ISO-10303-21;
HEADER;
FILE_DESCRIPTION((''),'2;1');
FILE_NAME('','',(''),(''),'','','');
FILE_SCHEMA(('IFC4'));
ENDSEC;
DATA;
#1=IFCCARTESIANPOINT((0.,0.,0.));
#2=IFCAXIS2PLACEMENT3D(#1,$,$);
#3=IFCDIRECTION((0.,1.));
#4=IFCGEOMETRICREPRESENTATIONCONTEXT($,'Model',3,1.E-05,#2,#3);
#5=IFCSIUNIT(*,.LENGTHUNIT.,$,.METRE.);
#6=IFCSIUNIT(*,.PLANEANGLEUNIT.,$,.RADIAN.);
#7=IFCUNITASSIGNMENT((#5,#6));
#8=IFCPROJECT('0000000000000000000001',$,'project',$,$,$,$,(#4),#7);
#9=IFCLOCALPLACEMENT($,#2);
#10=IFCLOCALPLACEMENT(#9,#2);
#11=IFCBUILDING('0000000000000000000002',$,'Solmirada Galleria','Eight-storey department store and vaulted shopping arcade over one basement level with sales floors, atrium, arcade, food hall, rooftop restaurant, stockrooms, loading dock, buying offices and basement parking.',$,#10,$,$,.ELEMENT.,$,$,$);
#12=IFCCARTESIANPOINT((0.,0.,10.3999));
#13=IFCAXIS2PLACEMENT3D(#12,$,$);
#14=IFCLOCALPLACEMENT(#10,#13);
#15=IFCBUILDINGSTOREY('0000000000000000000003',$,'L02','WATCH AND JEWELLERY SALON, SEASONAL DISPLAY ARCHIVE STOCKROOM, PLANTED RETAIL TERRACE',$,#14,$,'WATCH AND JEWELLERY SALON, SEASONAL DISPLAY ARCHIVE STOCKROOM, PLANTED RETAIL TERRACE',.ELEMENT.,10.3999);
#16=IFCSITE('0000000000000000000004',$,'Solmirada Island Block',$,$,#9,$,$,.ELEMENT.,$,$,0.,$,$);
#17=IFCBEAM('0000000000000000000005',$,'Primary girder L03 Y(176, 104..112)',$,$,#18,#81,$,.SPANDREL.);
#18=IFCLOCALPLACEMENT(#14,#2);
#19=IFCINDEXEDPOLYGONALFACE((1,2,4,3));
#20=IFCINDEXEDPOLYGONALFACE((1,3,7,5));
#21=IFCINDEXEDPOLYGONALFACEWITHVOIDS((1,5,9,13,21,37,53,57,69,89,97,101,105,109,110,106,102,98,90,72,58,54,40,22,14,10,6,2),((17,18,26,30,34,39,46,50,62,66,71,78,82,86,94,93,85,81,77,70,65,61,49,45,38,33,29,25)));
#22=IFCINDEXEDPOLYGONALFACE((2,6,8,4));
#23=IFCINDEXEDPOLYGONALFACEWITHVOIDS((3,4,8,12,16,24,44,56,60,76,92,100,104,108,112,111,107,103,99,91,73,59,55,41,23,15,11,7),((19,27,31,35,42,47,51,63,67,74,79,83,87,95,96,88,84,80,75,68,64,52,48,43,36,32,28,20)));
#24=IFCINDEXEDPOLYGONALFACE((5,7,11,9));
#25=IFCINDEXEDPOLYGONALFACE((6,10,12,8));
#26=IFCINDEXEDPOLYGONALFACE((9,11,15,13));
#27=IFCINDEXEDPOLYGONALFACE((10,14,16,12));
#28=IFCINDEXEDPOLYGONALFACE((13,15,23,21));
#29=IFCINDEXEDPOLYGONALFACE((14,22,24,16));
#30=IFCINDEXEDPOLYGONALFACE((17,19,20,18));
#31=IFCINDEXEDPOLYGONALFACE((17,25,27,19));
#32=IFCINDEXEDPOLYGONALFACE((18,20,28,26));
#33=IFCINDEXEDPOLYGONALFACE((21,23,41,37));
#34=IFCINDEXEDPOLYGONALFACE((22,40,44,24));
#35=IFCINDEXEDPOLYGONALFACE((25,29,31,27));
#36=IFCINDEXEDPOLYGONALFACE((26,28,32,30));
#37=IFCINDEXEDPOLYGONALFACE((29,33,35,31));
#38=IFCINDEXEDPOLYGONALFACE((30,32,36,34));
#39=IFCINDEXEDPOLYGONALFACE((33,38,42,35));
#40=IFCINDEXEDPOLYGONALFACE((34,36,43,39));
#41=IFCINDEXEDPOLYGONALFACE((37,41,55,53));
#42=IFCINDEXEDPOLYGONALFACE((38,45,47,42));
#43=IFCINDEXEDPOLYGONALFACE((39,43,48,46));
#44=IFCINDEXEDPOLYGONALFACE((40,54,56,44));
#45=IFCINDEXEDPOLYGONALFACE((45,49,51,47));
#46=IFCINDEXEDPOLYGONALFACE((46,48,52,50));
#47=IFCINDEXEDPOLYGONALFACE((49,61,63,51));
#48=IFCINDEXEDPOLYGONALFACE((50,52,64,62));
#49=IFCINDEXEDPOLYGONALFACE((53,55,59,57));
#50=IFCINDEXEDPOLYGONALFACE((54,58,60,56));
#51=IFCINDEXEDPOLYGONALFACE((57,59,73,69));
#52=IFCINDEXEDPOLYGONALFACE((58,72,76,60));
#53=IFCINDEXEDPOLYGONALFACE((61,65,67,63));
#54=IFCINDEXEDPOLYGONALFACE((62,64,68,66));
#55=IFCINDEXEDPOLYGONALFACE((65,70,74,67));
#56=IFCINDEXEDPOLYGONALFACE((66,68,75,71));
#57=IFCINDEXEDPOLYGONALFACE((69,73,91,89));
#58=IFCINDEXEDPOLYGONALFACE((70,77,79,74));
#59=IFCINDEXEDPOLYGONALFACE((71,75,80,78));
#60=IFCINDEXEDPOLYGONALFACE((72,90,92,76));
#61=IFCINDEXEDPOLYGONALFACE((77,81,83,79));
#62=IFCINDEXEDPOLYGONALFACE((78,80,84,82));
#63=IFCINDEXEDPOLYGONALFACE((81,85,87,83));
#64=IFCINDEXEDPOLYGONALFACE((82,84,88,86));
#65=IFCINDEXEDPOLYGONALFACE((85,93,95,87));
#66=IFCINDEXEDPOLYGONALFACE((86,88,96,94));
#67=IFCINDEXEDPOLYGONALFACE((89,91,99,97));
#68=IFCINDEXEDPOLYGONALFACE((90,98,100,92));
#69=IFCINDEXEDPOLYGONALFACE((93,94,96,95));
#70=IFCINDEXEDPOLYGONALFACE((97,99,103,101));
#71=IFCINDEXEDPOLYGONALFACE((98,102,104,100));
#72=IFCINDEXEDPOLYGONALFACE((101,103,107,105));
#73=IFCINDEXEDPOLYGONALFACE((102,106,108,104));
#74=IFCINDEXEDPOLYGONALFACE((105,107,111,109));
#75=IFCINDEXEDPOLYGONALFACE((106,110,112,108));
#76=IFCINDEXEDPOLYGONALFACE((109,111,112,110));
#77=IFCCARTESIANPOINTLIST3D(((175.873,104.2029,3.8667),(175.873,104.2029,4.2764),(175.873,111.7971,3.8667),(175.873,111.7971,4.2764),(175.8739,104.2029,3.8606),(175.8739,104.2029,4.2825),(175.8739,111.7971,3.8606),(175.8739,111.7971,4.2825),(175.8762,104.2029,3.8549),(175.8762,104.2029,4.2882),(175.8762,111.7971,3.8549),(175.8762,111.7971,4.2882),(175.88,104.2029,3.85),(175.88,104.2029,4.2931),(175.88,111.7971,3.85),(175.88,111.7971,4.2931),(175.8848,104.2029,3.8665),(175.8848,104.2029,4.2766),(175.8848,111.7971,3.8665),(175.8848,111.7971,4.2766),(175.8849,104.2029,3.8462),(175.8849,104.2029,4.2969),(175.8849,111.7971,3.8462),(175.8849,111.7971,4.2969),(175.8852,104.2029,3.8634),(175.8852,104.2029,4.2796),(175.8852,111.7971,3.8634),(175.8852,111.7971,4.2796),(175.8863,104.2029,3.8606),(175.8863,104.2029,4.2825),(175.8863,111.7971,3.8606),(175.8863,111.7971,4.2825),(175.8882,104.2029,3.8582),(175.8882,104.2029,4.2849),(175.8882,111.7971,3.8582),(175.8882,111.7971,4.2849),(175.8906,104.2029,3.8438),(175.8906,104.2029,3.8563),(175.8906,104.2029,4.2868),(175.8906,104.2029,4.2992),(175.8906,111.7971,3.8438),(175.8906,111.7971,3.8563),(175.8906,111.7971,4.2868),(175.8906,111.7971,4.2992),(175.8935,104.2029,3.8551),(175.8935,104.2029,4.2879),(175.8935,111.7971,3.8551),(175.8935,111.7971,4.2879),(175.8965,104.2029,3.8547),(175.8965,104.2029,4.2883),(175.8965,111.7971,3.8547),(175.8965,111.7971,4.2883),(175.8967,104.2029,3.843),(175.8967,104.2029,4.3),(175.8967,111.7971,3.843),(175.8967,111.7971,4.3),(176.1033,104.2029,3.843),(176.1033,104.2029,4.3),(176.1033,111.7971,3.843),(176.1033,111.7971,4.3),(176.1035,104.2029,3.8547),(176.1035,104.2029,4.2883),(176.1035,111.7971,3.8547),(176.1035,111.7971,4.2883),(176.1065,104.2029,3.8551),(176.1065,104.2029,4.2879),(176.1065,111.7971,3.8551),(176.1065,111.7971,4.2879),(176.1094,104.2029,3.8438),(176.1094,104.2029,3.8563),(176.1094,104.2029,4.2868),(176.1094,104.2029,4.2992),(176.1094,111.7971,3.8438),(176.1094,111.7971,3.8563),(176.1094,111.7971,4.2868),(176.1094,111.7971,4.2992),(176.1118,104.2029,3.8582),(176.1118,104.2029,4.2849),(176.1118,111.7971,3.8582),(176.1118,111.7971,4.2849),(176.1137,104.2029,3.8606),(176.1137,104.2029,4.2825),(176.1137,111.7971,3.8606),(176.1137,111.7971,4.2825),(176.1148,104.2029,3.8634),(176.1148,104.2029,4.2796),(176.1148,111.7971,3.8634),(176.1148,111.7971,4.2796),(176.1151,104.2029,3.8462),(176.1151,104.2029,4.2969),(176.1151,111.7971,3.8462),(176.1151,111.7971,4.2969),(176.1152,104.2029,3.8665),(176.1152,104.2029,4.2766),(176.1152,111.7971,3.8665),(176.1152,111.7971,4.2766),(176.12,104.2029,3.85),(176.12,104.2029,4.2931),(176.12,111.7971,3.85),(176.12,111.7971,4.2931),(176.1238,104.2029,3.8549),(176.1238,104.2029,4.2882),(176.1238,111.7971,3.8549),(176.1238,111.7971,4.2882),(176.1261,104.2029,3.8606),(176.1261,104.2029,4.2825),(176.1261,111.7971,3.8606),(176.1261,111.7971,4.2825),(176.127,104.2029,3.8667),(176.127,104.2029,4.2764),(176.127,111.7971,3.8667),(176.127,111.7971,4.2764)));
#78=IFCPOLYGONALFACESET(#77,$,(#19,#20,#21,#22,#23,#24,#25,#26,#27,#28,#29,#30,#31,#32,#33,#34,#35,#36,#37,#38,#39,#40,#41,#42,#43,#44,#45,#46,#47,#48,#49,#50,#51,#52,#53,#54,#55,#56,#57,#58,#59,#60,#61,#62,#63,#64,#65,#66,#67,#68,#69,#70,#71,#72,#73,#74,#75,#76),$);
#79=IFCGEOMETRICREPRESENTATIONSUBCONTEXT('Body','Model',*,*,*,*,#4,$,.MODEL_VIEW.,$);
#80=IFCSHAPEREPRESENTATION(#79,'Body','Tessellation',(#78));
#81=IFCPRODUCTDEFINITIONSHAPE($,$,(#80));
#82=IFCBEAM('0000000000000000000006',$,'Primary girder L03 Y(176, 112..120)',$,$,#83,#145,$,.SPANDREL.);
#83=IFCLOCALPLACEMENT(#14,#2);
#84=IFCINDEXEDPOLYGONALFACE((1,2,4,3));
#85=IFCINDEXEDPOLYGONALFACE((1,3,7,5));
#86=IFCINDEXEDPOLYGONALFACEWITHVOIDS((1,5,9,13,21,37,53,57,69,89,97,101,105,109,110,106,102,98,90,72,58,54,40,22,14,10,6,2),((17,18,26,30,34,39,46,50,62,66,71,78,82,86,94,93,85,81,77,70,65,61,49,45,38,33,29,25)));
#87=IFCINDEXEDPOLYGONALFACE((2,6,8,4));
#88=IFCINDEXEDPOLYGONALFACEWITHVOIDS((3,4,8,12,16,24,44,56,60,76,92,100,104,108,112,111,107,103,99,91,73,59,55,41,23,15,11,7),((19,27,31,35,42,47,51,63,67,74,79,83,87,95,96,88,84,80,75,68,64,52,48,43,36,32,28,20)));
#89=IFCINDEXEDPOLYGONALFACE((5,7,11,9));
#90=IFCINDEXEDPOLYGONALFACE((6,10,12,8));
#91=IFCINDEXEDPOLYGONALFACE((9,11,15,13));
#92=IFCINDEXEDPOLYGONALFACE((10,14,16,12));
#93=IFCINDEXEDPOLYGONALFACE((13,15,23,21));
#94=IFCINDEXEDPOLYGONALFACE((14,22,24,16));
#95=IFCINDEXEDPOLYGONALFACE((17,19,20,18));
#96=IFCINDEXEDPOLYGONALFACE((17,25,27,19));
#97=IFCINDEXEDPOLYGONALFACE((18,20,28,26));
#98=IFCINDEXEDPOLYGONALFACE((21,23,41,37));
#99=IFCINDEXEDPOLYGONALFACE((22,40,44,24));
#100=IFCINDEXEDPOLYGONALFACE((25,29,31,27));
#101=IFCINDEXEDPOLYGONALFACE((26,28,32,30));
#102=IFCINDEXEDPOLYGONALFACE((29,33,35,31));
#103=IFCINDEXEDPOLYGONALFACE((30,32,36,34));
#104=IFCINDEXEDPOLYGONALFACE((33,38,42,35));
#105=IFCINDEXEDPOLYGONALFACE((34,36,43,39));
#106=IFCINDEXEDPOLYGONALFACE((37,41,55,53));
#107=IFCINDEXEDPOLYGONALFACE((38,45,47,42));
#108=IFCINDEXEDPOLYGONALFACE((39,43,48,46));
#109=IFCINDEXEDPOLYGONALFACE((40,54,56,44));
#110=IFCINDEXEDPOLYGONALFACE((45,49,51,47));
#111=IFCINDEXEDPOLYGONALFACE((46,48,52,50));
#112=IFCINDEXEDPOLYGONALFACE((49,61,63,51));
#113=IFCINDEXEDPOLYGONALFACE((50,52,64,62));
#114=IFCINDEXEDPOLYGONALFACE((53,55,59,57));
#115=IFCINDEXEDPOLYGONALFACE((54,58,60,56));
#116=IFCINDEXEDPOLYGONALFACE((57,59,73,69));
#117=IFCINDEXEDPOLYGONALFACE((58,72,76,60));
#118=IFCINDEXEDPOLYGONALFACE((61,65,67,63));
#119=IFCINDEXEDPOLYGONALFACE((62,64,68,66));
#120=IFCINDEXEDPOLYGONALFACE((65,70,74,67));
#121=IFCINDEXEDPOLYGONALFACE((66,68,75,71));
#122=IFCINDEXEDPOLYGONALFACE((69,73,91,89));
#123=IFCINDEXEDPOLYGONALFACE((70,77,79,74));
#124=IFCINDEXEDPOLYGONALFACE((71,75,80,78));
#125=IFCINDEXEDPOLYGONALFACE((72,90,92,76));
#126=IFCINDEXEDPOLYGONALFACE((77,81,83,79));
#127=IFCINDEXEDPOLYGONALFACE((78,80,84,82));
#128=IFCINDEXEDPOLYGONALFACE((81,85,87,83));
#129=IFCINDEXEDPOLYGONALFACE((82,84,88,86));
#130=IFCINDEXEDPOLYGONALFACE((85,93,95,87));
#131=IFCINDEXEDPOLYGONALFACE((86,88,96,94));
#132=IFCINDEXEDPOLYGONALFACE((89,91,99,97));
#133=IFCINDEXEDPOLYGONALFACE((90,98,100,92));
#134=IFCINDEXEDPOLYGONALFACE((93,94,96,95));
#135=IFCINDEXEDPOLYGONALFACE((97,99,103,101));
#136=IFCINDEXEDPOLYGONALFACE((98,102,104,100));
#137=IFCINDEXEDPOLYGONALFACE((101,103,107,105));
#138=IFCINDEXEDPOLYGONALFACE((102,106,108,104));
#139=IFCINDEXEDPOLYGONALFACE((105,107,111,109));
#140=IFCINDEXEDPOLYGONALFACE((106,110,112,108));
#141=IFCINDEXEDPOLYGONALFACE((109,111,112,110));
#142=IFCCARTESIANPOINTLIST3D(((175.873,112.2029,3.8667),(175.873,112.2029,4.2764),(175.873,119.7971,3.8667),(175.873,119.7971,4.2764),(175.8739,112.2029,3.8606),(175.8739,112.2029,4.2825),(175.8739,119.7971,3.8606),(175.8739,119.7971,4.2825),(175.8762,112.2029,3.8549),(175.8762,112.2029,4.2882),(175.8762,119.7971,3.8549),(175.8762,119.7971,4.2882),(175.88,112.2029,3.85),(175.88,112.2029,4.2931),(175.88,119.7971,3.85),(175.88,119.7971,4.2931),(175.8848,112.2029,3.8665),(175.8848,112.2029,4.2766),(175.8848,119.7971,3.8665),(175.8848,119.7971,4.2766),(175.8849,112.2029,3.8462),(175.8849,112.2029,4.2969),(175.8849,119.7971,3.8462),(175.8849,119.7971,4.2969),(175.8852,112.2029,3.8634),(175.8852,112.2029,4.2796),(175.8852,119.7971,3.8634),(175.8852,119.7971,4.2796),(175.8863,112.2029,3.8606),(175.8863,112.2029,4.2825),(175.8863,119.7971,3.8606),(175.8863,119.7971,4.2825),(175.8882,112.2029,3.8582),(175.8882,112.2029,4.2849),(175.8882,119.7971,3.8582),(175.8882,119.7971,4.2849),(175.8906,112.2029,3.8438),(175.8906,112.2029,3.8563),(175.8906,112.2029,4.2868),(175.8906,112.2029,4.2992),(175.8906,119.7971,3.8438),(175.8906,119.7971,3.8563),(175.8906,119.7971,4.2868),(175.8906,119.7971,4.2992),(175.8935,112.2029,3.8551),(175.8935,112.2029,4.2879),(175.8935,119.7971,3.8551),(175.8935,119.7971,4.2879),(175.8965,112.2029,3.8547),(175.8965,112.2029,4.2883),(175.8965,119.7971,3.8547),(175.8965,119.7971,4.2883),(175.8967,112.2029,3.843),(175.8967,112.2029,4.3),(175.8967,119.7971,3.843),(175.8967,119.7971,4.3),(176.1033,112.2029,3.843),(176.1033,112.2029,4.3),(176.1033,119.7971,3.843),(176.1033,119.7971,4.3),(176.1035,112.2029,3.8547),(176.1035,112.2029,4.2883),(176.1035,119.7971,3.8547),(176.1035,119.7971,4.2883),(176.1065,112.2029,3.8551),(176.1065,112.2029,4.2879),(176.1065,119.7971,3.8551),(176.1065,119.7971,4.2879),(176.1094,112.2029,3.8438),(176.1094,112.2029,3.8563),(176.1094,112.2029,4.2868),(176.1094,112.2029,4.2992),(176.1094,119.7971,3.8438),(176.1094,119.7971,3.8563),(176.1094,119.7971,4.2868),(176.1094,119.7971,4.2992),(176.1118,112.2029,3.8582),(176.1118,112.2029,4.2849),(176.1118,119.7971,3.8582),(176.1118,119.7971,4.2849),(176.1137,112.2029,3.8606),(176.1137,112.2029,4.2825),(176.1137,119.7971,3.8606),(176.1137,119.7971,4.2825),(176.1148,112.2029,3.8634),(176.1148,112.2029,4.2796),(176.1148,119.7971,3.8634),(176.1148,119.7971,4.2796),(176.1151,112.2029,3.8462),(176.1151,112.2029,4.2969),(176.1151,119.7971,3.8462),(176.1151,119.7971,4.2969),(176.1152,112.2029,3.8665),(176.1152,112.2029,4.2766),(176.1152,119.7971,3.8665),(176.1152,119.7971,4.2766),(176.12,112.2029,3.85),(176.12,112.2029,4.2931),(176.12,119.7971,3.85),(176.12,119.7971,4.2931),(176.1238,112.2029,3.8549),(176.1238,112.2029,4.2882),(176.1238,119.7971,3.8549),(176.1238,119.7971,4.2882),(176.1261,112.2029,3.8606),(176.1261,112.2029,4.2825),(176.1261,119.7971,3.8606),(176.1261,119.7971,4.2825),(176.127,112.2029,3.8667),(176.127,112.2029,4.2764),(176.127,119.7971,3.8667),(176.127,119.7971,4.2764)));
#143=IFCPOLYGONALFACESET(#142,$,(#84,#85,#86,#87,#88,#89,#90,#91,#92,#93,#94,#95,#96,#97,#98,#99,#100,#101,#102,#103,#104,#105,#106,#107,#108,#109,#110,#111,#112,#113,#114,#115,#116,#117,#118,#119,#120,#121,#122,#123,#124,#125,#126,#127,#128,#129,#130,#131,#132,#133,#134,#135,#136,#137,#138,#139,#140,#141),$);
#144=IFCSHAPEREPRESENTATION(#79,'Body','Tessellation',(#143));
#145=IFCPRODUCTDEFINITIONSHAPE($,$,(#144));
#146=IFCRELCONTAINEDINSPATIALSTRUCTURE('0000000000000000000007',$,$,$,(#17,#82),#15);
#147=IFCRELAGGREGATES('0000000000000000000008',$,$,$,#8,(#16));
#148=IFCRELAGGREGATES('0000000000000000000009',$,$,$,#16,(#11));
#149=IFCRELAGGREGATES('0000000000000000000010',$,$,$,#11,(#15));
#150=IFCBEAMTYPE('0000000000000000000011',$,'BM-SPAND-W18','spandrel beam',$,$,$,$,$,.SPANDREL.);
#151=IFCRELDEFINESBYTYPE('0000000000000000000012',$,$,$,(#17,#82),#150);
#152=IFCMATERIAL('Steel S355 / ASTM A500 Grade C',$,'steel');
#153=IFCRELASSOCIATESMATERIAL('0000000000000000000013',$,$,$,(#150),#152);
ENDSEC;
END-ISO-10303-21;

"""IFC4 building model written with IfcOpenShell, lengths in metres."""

from ifc_helpers import new_model, si_unit, direction, frame, origin, origin_2d, place, context, subcontext, project, spatial, hollow_rectangle, extrude, material, material_profile, profile_set, type_object, element, save


model = new_model("IFC4")

# Units and contexts
model_context = context("Model", 3, precision=1e-05, world=origin(), true_north=direction((0.0, 1.0)))
body_context = subcontext(model_context, "Body", "Model", "MODEL_VIEW")
ifc_project = project(units=[si_unit("LENGTHUNIT", "METRE"), si_unit("PLANEANGLEUNIT", "RADIAN")], contexts=[model_context])

# Site, building, storey
site_placement = place(None, origin())
site = spatial("IfcSite", under=ifc_project, at=site_placement, Name="Solmirada Island Block", CompositionType="ELEMENT", RefElevation=0.0)
building_placement = place(site_placement, origin())
building = spatial("IfcBuilding", under=site, at=building_placement, Name="Solmirada Galleria", Description="Eight-storey department store and vaulted shopping arcade over one basement level with sales floors, atrium, arcade, food hall, rooftop restaurant, stockrooms, loading dock, buying offices and basement parking.", CompositionType="ELEMENT")
storey_placement = place(building_placement, frame((0.0, 0.0, 10.3999)))
storey = spatial("IfcBuildingStorey", under=building, at=storey_placement, Name="L02", Description="WATCH AND JEWELLERY SALON, SEASONAL DISPLAY ARCHIVE STOCKROOM, PLANTED RETAIL TERRACE", LongName="WATCH AND JEWELLERY SALON, SEASONAL DISPLAY ARCHIVE STOCKROOM, PLANTED RETAIL TERRACE", CompositionType="ELEMENT", Elevation=10.3999)

# Shared definitions
ifc_material_1 = material(Name="Steel S355 / ASTM A500 Grade C", Category="steel")

# Beams
ifc_material_profile_1 = material_profile(ifc_material_1, hollow_rectangle(XDim=0.2539, YDim=0.457, WallThickness=0.0117, InnerFilletRadius=0.0117, OuterFilletRadius=0.0237, at=origin_2d()), Name="HSS18X10X1/2")
ifc_profile_set_1 = profile_set([ifc_material_profile_1], Name="Steel S355 / ASTM A500 Grade C")
beam_type_1 = type_object("IfcBeamType", Name="BM-SPAND-W18", Description="spandrel beam", PredefinedType="SPANDREL", material=ifc_profile_set_1)
for number, where, z_axis, x_axis, name in (
    (1, (176.0, 104.2029, 4.0715), (0.0, 1.0, 0.0), (-1.0, 0.0, 0.0), "Primary girder L03 Y(176, 104..112)"),
    (2, (176.0, 112.2029, 4.0715), (0.0, 1.0, 0.0), (-1.0, 0.0, 0.0), "Primary girder L03 Y(176, 112..120)"),
):
    element("IfcBeam", number, at=place(storey_placement, frame(where, z_axis=z_axis, x_axis=x_axis)), inside=storey, type_object=beam_type_1, Name=name, PredefinedType="SPANDREL", context=body_context, shape_type="SweptSolid", body=[
        extrude(hollow_rectangle(XDim=0.2539, YDim=0.457, WallThickness=0.0117, InnerFilletRadius=0.0117, OuterFilletRadius=0.0237, at=origin_2d()), origin(), (0.0, 0.0, 1.0), 7.5942),
    ])

save(model, "model.ifc")
